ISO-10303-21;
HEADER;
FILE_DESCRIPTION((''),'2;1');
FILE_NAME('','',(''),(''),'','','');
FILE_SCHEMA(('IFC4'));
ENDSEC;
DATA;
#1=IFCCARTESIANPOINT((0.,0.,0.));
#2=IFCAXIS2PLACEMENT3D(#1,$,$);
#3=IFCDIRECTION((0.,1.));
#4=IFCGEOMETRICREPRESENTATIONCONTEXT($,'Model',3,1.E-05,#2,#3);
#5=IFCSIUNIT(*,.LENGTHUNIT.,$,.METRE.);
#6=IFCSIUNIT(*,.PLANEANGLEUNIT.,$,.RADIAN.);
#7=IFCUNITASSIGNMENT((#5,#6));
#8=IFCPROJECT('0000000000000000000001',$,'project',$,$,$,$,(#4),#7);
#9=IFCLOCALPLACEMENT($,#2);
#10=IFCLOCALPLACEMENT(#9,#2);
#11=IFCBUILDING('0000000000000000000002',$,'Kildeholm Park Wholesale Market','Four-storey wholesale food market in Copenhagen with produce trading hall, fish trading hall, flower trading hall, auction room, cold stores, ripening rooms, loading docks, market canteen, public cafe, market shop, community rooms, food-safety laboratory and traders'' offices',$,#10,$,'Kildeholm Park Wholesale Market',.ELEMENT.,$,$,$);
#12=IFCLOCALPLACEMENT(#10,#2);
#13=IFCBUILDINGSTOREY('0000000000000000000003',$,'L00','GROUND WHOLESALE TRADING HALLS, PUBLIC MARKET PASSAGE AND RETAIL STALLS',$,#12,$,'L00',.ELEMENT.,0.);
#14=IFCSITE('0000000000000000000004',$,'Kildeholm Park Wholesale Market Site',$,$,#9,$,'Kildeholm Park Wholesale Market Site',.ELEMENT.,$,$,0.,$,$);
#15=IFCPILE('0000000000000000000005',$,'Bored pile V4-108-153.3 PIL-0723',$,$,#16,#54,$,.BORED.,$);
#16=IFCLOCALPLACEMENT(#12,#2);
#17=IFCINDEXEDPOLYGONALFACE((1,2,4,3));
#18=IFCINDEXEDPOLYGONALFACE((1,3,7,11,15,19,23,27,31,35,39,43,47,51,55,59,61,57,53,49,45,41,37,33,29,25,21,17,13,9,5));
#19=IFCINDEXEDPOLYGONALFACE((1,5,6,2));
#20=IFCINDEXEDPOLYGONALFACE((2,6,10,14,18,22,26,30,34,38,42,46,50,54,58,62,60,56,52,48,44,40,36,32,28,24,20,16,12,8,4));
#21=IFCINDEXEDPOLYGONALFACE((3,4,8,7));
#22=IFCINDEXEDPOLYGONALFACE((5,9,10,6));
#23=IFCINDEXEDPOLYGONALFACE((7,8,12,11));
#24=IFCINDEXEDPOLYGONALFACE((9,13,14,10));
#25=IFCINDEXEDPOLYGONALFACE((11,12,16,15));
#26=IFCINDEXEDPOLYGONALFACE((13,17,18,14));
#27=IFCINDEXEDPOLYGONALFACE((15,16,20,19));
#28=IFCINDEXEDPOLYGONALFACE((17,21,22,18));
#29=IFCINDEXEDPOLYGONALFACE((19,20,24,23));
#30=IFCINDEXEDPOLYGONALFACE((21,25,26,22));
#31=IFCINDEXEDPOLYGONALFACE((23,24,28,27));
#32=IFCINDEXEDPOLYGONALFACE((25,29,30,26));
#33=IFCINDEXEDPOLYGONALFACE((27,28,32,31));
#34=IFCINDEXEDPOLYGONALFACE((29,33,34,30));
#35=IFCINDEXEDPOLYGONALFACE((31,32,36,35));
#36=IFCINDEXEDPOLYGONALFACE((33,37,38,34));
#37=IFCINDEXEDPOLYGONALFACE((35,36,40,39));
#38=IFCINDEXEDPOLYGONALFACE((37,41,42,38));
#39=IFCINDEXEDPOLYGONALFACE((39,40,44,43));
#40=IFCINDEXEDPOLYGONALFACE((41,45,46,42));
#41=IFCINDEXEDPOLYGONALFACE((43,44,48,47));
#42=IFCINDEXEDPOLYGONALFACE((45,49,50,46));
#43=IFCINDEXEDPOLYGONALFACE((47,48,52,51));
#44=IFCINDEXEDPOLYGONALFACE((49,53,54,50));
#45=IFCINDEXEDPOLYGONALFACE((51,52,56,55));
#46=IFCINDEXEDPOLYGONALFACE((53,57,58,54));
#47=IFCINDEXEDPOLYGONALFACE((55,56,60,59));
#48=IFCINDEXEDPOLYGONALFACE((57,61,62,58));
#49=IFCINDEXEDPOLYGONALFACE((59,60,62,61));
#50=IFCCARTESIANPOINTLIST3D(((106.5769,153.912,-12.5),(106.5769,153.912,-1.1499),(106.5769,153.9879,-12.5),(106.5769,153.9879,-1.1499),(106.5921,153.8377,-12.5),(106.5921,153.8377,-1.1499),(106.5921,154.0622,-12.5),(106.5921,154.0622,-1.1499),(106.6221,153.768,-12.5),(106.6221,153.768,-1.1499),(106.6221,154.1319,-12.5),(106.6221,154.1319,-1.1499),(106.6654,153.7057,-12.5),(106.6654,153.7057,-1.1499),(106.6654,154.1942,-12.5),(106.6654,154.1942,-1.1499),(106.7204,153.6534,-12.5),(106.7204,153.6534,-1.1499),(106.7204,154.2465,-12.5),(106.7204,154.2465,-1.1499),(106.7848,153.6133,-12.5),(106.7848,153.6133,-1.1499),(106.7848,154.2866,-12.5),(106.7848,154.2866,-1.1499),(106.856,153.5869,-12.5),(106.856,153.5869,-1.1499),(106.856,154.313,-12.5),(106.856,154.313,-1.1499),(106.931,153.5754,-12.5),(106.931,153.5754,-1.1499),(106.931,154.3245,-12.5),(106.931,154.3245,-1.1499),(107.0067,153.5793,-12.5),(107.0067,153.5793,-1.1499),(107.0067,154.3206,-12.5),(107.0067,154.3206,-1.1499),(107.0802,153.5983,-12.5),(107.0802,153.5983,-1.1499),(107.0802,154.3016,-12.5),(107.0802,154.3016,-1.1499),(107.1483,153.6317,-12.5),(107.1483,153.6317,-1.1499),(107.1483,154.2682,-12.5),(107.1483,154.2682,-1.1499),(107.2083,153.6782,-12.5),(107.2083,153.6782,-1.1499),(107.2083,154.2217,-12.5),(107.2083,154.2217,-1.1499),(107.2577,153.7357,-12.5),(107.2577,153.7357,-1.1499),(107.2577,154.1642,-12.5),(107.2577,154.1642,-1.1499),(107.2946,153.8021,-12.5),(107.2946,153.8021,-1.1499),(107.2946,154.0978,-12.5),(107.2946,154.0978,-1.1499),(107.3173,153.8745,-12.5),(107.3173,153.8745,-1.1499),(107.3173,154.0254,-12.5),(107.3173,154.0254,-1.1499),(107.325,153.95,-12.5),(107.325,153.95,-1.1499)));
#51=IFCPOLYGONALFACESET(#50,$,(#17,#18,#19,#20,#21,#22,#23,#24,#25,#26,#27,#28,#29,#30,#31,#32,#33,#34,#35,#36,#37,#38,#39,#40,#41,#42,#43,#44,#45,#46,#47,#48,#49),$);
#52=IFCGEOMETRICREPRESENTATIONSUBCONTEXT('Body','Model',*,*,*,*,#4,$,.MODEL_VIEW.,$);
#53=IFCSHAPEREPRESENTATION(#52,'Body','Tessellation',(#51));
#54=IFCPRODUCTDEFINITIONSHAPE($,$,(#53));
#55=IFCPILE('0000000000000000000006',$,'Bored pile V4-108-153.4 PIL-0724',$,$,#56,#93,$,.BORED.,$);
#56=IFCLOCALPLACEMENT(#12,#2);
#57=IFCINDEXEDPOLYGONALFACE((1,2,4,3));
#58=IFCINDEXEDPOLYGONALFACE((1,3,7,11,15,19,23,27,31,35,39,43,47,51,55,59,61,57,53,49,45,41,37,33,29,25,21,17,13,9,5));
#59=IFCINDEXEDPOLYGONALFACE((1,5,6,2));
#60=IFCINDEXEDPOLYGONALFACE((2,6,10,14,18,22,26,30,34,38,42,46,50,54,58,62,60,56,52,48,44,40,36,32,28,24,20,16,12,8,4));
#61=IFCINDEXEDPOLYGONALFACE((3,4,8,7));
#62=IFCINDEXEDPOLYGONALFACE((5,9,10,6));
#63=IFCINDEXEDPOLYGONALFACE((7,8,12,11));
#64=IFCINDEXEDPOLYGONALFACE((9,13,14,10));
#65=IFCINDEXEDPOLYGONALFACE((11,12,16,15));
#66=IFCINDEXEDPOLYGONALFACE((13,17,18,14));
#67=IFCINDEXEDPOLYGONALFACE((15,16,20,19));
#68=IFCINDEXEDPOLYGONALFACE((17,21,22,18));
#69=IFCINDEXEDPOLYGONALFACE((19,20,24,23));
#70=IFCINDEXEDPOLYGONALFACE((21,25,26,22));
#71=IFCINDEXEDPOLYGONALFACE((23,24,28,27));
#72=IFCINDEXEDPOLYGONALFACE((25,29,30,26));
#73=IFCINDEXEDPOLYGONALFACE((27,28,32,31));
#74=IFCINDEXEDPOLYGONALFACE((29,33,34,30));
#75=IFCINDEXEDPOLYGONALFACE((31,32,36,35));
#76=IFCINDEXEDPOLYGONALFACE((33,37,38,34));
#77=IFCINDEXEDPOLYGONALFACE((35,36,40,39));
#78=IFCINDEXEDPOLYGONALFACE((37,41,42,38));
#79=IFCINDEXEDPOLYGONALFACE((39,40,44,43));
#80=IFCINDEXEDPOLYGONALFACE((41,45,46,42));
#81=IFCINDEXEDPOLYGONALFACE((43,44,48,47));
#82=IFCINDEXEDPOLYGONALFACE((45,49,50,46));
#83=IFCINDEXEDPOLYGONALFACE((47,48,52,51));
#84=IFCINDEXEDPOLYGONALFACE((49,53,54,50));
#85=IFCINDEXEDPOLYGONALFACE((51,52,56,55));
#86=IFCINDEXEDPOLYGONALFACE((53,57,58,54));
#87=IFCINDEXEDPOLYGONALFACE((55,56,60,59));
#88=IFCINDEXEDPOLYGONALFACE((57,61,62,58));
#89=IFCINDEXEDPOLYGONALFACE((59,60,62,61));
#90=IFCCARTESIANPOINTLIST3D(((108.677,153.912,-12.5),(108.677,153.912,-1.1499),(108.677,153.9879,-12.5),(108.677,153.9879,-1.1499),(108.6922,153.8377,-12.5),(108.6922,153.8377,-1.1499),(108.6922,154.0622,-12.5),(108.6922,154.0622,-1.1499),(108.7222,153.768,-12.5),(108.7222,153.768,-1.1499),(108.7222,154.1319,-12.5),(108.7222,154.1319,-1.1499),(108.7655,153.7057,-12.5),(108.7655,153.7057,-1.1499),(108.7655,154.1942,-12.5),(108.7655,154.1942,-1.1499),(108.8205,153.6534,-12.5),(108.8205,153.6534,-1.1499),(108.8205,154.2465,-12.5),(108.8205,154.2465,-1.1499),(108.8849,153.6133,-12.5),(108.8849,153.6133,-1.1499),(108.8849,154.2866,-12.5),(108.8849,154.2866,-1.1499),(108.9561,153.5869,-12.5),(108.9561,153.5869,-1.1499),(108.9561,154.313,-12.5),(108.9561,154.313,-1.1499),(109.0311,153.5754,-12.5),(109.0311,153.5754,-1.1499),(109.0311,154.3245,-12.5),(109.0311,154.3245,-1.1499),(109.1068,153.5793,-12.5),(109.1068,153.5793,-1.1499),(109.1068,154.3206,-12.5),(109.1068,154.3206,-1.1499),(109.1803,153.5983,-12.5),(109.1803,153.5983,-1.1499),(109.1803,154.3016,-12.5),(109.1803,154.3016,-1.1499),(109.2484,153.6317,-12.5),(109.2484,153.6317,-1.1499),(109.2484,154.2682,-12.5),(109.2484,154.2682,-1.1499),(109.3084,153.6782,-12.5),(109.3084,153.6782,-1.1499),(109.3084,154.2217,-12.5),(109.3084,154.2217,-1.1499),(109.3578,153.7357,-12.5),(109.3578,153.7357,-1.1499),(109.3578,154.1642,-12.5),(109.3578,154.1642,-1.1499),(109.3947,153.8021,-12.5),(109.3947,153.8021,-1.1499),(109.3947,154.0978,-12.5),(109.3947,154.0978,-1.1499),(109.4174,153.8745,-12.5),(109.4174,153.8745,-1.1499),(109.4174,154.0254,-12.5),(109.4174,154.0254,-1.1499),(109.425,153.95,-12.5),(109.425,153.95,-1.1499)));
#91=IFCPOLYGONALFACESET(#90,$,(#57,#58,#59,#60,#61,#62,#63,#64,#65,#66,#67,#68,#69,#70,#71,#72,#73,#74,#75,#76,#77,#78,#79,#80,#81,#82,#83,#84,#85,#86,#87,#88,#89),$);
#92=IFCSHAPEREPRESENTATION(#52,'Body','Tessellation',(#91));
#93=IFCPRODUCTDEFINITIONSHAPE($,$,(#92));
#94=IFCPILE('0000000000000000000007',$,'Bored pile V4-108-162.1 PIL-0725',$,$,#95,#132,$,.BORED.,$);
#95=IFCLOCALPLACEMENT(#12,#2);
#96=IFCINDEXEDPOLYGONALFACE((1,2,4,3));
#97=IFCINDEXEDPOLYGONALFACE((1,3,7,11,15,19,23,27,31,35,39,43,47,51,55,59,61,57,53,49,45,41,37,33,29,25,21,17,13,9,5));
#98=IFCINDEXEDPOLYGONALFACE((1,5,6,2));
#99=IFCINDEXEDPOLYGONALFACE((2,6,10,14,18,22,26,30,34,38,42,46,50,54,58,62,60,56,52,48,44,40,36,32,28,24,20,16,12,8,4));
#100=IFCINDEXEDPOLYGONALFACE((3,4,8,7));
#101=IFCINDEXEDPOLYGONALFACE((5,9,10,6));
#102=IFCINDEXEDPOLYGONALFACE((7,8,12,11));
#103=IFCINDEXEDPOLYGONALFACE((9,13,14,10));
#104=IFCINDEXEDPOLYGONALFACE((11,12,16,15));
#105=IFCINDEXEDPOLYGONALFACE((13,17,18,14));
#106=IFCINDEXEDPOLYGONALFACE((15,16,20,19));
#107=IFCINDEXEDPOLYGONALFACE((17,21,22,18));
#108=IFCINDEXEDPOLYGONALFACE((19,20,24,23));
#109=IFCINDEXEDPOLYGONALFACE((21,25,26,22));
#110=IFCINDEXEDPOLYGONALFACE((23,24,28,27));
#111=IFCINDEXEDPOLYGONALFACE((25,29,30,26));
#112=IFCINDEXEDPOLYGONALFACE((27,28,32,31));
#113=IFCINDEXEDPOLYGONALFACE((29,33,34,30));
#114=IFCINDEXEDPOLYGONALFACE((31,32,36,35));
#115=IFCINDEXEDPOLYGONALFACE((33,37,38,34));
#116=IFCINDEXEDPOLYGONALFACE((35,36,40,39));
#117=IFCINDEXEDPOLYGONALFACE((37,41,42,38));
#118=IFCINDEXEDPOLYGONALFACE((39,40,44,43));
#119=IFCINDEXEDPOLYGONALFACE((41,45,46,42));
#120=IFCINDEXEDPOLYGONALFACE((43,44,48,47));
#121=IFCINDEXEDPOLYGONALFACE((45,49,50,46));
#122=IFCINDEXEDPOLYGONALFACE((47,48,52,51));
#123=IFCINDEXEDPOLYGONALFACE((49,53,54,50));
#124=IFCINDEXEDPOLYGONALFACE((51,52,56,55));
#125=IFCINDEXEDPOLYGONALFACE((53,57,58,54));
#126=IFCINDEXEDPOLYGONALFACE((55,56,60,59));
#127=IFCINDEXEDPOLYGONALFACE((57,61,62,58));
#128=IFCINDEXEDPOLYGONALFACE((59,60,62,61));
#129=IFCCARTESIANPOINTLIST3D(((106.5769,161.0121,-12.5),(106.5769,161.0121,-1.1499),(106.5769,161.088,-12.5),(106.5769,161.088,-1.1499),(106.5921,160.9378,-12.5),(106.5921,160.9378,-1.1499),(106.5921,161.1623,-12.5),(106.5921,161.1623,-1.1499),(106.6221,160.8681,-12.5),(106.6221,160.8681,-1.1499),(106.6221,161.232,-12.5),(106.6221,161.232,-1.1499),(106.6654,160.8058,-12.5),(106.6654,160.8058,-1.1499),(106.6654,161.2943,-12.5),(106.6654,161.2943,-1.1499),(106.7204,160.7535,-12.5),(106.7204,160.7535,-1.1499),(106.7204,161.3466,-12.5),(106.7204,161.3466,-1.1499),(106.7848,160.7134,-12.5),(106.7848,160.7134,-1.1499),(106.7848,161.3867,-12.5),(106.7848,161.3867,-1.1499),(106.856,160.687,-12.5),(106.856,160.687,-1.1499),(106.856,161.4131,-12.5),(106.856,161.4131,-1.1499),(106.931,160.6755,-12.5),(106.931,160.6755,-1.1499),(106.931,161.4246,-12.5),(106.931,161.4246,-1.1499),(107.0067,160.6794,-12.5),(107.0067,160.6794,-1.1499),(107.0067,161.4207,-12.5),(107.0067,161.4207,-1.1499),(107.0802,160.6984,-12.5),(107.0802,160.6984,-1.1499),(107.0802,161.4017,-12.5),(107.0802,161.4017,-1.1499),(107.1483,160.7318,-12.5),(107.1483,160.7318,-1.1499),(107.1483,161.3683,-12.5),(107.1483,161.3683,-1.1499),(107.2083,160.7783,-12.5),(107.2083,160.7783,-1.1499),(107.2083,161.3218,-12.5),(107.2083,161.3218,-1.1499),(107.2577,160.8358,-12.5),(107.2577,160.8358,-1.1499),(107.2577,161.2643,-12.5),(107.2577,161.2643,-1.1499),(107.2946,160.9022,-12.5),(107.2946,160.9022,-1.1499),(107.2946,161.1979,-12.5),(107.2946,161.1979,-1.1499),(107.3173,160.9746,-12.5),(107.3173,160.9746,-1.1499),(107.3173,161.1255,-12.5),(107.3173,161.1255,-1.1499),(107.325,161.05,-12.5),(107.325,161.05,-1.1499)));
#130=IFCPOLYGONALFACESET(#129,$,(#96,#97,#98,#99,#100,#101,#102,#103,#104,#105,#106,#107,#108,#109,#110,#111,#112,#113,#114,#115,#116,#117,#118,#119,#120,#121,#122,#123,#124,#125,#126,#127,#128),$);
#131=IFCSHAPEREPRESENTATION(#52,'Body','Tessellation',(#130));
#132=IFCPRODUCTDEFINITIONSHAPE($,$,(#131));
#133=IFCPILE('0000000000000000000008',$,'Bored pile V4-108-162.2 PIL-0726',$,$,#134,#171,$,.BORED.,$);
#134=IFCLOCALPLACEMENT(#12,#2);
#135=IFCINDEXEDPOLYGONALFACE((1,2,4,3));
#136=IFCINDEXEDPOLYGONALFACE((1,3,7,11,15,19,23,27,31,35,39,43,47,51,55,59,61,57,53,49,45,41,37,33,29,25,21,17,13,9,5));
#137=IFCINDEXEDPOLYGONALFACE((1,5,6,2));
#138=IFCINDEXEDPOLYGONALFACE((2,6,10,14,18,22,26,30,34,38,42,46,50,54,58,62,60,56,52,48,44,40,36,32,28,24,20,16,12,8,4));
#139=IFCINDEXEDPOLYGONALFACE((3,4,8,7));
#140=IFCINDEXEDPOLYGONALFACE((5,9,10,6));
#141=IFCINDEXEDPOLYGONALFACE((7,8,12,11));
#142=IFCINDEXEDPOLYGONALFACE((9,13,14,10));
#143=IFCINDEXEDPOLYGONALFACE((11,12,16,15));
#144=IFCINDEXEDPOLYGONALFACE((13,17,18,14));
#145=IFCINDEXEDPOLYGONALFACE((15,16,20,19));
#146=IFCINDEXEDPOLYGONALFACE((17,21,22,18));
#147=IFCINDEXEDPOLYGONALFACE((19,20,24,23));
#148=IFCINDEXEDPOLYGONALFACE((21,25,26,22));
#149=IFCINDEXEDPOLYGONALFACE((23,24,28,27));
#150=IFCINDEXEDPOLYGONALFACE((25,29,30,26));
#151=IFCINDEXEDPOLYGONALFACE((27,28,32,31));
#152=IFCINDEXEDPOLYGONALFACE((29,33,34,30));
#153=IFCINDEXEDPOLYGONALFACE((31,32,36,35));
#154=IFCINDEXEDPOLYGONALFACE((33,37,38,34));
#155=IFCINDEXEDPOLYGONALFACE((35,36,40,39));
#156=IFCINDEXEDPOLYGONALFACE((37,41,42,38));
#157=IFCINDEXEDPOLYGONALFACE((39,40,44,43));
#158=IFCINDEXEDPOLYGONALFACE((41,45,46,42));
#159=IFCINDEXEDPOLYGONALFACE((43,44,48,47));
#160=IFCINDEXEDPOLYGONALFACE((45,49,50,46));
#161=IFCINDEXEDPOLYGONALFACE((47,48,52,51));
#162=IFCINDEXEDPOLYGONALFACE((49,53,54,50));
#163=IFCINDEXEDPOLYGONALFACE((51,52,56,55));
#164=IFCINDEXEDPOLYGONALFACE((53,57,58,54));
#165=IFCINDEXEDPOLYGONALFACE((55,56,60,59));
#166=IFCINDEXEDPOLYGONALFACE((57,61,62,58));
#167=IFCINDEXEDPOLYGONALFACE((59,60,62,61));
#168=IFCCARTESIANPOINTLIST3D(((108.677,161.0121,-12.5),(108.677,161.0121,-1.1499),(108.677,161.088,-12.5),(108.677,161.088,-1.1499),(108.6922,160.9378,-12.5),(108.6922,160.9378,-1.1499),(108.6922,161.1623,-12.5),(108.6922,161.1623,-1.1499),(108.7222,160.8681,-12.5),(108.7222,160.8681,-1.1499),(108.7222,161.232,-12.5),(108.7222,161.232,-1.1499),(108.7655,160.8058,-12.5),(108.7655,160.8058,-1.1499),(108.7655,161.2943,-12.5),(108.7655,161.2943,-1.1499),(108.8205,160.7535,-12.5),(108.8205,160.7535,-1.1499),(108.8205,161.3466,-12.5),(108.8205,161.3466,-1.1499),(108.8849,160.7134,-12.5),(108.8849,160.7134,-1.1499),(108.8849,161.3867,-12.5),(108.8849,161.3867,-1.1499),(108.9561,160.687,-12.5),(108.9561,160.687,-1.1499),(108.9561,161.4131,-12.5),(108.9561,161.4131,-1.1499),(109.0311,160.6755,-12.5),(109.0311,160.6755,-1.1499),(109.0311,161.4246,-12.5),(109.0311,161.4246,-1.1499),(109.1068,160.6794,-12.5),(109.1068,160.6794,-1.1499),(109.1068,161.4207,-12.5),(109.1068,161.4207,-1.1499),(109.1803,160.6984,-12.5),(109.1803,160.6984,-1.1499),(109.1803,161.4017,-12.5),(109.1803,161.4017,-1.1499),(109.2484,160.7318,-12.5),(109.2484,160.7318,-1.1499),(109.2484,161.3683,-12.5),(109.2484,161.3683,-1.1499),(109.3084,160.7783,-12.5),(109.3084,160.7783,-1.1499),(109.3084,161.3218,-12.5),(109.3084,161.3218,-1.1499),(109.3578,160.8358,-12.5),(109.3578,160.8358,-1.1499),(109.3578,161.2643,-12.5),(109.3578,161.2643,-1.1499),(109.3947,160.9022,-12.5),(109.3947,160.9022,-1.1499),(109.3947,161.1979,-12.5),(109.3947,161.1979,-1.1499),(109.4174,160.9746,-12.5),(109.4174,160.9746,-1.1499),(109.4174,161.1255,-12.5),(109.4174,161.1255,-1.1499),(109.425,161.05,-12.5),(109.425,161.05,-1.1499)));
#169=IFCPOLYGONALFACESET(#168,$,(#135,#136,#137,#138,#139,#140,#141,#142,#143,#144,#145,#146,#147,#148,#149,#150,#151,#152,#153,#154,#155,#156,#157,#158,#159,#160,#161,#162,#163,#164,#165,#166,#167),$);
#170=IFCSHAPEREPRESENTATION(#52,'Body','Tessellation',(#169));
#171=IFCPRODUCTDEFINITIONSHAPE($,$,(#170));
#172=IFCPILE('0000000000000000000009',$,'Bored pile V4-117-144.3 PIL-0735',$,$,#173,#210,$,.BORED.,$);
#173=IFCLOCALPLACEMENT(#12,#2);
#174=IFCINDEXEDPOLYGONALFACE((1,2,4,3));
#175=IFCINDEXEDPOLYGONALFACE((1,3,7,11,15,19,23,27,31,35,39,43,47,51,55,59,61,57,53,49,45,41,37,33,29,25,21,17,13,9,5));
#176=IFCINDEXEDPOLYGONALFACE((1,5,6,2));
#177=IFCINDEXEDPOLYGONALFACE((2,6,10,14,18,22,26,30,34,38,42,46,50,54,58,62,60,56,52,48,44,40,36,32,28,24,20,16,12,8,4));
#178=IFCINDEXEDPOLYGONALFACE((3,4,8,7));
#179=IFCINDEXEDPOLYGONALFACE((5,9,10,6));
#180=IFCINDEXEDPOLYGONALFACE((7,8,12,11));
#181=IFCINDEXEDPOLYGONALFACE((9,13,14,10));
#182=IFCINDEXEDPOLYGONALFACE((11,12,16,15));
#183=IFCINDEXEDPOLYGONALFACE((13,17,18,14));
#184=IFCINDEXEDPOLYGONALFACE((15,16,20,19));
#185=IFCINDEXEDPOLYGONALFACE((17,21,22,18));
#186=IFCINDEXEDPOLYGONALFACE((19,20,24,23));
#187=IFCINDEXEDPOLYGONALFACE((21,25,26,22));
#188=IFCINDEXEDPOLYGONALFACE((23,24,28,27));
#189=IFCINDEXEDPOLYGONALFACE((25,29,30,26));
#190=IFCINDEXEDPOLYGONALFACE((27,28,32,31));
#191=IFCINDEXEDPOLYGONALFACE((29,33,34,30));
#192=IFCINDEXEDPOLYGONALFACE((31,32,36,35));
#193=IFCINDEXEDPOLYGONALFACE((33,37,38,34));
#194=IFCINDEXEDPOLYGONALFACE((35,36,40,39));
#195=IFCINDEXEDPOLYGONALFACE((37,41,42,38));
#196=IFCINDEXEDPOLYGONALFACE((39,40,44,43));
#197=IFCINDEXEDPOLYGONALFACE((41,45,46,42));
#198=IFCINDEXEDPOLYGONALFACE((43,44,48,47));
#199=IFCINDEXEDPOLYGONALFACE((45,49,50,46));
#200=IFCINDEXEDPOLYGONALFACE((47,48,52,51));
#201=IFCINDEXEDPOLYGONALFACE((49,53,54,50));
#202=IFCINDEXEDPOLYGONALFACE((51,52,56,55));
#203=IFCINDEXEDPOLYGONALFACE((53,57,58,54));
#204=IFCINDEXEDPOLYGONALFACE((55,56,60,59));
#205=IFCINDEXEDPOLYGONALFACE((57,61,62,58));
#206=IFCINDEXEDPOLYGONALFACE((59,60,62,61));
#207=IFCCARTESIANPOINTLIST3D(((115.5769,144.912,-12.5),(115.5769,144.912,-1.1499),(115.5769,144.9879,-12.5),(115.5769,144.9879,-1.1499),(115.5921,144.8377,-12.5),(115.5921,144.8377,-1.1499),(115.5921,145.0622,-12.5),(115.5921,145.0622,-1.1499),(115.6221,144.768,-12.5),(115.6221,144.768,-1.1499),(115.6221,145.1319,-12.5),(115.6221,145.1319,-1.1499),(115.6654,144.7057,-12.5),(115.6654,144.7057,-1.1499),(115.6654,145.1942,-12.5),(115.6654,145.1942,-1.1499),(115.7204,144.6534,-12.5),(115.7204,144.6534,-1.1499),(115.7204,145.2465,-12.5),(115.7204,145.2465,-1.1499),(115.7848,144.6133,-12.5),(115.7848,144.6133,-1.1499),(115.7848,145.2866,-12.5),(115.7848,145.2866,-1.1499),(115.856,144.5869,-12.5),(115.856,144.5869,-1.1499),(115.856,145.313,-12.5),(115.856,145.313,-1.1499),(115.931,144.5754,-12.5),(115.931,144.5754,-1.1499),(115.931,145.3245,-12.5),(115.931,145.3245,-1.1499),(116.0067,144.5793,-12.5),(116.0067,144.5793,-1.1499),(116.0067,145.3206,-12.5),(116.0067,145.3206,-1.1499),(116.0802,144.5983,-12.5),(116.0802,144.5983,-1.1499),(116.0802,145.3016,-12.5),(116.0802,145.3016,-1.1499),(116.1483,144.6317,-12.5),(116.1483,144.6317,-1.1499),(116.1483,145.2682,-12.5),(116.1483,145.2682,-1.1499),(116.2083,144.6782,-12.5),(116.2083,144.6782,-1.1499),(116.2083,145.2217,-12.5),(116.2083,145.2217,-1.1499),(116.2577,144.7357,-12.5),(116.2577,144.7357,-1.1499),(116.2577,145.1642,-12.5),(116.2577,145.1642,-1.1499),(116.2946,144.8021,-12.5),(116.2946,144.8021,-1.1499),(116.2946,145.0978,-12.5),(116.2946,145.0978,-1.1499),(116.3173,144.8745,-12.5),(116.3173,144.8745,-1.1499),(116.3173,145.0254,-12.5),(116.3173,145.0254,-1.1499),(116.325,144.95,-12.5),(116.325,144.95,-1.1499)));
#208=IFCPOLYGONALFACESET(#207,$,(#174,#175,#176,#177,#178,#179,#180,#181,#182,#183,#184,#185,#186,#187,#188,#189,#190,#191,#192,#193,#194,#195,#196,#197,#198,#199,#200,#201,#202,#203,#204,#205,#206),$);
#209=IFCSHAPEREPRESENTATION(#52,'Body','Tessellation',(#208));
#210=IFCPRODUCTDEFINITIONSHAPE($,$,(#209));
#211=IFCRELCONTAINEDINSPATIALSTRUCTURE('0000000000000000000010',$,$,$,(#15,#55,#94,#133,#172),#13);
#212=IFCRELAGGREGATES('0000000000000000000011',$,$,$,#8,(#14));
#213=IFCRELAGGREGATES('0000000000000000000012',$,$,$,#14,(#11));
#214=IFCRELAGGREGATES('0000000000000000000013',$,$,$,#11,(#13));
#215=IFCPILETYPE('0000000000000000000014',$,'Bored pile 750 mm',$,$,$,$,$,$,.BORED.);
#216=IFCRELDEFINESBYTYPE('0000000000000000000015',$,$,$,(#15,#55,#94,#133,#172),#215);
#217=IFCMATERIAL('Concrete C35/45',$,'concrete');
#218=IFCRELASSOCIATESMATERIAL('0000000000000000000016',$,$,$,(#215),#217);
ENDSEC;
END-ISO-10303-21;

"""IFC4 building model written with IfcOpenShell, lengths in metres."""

from ifc_helpers import new_model, si_unit, direction, frame, origin, origin_2d, place, context, subcontext, project, spatial, circle, extrude, material, material_profile, profile_set, type_object, element, save


model = new_model("IFC4")

# Units and contexts
model_context = context("Model", 3, precision=1e-05, world=origin(), true_north=direction((0.0, 1.0)))
body_context = subcontext(model_context, "Body", "Model", "MODEL_VIEW")
ifc_project = project(units=[si_unit("LENGTHUNIT", "METRE"), si_unit("PLANEANGLEUNIT", "RADIAN")], contexts=[model_context])

# Site, building, storey
site_placement = place(None, origin())
site = spatial("IfcSite", under=ifc_project, at=site_placement, Name="Kildeholm Park Wholesale Market Site", LongName="Kildeholm Park Wholesale Market Site", CompositionType="ELEMENT", RefElevation=0.0)
building_placement = place(site_placement, origin())
building = spatial("IfcBuilding", under=site, at=building_placement, Name="Kildeholm Park Wholesale Market", Description="Four-storey wholesale food market in Copenhagen with produce trading hall, fish trading hall, flower trading hall, auction room, cold stores, ripening rooms, loading docks, market canteen, public cafe, market shop, community rooms, food-safety laboratory and traders' offices", LongName="Kildeholm Park Wholesale Market", CompositionType="ELEMENT")
storey_placement = place(building_placement, origin())
storey = spatial("IfcBuildingStorey", under=building, at=storey_placement, Name="L00", Description="GROUND WHOLESALE TRADING HALLS, PUBLIC MARKET PASSAGE AND RETAIL STALLS", LongName="L00", CompositionType="ELEMENT", Elevation=0.0)

# Piles
ifc_material_1 = material(Name="Concrete C35/45", Category="concrete")
ifc_material_profile_1 = material_profile(ifc_material_1, circle(Radius=0.375, at=origin_2d()), Name="PILE D750")
ifc_profile_set_1 = profile_set([ifc_material_profile_1], Name="Concrete C35/45")
pile_type = type_object("IfcPileType", Name="Bored pile 750 mm", PredefinedType="BORED", material=ifc_profile_set_1)
for number, where, z_axis, x_axis, name in (
    (1, (106.95, 153.95, -1.1499), (0.0, 0.0, -1.0), (1.0, 0.0, 0.0), "Bored pile V4-108-153.3 PIL-0723"),
    (2, (109.05, 153.95, -1.1499), (0.0, 0.0, -1.0), (1.0, 0.0, 0.0), "Bored pile V4-108-153.4 PIL-0724"),
    (3, (106.95, 161.05, -1.1499), (0.0, 0.0, -1.0), (1.0, 0.0, 0.0), "Bored pile V4-108-162.1 PIL-0725"),
    (4, (109.05, 161.05, -1.1499), (0.0, 0.0, -1.0), (1.0, 0.0, 0.0), "Bored pile V4-108-162.2 PIL-0726"),
    (5, (115.95, 144.95, -1.1499), (0.0, 0.0, -1.0), (1.0, 0.0, 0.0), "Bored pile V4-117-144.3 PIL-0735"),
):
    element("IfcPile", number, at=place(storey_placement, frame(where, z_axis=z_axis, x_axis=x_axis)), inside=storey, type_object=pile_type, Name=name, PredefinedType="BORED", context=body_context, shape_type="SweptSolid", body=[
        extrude(circle(Radius=0.375, at=origin_2d()), origin(), (0.0, 0.0, 1.0), 11.3501),
    ])

save(model, "model.ifc")
